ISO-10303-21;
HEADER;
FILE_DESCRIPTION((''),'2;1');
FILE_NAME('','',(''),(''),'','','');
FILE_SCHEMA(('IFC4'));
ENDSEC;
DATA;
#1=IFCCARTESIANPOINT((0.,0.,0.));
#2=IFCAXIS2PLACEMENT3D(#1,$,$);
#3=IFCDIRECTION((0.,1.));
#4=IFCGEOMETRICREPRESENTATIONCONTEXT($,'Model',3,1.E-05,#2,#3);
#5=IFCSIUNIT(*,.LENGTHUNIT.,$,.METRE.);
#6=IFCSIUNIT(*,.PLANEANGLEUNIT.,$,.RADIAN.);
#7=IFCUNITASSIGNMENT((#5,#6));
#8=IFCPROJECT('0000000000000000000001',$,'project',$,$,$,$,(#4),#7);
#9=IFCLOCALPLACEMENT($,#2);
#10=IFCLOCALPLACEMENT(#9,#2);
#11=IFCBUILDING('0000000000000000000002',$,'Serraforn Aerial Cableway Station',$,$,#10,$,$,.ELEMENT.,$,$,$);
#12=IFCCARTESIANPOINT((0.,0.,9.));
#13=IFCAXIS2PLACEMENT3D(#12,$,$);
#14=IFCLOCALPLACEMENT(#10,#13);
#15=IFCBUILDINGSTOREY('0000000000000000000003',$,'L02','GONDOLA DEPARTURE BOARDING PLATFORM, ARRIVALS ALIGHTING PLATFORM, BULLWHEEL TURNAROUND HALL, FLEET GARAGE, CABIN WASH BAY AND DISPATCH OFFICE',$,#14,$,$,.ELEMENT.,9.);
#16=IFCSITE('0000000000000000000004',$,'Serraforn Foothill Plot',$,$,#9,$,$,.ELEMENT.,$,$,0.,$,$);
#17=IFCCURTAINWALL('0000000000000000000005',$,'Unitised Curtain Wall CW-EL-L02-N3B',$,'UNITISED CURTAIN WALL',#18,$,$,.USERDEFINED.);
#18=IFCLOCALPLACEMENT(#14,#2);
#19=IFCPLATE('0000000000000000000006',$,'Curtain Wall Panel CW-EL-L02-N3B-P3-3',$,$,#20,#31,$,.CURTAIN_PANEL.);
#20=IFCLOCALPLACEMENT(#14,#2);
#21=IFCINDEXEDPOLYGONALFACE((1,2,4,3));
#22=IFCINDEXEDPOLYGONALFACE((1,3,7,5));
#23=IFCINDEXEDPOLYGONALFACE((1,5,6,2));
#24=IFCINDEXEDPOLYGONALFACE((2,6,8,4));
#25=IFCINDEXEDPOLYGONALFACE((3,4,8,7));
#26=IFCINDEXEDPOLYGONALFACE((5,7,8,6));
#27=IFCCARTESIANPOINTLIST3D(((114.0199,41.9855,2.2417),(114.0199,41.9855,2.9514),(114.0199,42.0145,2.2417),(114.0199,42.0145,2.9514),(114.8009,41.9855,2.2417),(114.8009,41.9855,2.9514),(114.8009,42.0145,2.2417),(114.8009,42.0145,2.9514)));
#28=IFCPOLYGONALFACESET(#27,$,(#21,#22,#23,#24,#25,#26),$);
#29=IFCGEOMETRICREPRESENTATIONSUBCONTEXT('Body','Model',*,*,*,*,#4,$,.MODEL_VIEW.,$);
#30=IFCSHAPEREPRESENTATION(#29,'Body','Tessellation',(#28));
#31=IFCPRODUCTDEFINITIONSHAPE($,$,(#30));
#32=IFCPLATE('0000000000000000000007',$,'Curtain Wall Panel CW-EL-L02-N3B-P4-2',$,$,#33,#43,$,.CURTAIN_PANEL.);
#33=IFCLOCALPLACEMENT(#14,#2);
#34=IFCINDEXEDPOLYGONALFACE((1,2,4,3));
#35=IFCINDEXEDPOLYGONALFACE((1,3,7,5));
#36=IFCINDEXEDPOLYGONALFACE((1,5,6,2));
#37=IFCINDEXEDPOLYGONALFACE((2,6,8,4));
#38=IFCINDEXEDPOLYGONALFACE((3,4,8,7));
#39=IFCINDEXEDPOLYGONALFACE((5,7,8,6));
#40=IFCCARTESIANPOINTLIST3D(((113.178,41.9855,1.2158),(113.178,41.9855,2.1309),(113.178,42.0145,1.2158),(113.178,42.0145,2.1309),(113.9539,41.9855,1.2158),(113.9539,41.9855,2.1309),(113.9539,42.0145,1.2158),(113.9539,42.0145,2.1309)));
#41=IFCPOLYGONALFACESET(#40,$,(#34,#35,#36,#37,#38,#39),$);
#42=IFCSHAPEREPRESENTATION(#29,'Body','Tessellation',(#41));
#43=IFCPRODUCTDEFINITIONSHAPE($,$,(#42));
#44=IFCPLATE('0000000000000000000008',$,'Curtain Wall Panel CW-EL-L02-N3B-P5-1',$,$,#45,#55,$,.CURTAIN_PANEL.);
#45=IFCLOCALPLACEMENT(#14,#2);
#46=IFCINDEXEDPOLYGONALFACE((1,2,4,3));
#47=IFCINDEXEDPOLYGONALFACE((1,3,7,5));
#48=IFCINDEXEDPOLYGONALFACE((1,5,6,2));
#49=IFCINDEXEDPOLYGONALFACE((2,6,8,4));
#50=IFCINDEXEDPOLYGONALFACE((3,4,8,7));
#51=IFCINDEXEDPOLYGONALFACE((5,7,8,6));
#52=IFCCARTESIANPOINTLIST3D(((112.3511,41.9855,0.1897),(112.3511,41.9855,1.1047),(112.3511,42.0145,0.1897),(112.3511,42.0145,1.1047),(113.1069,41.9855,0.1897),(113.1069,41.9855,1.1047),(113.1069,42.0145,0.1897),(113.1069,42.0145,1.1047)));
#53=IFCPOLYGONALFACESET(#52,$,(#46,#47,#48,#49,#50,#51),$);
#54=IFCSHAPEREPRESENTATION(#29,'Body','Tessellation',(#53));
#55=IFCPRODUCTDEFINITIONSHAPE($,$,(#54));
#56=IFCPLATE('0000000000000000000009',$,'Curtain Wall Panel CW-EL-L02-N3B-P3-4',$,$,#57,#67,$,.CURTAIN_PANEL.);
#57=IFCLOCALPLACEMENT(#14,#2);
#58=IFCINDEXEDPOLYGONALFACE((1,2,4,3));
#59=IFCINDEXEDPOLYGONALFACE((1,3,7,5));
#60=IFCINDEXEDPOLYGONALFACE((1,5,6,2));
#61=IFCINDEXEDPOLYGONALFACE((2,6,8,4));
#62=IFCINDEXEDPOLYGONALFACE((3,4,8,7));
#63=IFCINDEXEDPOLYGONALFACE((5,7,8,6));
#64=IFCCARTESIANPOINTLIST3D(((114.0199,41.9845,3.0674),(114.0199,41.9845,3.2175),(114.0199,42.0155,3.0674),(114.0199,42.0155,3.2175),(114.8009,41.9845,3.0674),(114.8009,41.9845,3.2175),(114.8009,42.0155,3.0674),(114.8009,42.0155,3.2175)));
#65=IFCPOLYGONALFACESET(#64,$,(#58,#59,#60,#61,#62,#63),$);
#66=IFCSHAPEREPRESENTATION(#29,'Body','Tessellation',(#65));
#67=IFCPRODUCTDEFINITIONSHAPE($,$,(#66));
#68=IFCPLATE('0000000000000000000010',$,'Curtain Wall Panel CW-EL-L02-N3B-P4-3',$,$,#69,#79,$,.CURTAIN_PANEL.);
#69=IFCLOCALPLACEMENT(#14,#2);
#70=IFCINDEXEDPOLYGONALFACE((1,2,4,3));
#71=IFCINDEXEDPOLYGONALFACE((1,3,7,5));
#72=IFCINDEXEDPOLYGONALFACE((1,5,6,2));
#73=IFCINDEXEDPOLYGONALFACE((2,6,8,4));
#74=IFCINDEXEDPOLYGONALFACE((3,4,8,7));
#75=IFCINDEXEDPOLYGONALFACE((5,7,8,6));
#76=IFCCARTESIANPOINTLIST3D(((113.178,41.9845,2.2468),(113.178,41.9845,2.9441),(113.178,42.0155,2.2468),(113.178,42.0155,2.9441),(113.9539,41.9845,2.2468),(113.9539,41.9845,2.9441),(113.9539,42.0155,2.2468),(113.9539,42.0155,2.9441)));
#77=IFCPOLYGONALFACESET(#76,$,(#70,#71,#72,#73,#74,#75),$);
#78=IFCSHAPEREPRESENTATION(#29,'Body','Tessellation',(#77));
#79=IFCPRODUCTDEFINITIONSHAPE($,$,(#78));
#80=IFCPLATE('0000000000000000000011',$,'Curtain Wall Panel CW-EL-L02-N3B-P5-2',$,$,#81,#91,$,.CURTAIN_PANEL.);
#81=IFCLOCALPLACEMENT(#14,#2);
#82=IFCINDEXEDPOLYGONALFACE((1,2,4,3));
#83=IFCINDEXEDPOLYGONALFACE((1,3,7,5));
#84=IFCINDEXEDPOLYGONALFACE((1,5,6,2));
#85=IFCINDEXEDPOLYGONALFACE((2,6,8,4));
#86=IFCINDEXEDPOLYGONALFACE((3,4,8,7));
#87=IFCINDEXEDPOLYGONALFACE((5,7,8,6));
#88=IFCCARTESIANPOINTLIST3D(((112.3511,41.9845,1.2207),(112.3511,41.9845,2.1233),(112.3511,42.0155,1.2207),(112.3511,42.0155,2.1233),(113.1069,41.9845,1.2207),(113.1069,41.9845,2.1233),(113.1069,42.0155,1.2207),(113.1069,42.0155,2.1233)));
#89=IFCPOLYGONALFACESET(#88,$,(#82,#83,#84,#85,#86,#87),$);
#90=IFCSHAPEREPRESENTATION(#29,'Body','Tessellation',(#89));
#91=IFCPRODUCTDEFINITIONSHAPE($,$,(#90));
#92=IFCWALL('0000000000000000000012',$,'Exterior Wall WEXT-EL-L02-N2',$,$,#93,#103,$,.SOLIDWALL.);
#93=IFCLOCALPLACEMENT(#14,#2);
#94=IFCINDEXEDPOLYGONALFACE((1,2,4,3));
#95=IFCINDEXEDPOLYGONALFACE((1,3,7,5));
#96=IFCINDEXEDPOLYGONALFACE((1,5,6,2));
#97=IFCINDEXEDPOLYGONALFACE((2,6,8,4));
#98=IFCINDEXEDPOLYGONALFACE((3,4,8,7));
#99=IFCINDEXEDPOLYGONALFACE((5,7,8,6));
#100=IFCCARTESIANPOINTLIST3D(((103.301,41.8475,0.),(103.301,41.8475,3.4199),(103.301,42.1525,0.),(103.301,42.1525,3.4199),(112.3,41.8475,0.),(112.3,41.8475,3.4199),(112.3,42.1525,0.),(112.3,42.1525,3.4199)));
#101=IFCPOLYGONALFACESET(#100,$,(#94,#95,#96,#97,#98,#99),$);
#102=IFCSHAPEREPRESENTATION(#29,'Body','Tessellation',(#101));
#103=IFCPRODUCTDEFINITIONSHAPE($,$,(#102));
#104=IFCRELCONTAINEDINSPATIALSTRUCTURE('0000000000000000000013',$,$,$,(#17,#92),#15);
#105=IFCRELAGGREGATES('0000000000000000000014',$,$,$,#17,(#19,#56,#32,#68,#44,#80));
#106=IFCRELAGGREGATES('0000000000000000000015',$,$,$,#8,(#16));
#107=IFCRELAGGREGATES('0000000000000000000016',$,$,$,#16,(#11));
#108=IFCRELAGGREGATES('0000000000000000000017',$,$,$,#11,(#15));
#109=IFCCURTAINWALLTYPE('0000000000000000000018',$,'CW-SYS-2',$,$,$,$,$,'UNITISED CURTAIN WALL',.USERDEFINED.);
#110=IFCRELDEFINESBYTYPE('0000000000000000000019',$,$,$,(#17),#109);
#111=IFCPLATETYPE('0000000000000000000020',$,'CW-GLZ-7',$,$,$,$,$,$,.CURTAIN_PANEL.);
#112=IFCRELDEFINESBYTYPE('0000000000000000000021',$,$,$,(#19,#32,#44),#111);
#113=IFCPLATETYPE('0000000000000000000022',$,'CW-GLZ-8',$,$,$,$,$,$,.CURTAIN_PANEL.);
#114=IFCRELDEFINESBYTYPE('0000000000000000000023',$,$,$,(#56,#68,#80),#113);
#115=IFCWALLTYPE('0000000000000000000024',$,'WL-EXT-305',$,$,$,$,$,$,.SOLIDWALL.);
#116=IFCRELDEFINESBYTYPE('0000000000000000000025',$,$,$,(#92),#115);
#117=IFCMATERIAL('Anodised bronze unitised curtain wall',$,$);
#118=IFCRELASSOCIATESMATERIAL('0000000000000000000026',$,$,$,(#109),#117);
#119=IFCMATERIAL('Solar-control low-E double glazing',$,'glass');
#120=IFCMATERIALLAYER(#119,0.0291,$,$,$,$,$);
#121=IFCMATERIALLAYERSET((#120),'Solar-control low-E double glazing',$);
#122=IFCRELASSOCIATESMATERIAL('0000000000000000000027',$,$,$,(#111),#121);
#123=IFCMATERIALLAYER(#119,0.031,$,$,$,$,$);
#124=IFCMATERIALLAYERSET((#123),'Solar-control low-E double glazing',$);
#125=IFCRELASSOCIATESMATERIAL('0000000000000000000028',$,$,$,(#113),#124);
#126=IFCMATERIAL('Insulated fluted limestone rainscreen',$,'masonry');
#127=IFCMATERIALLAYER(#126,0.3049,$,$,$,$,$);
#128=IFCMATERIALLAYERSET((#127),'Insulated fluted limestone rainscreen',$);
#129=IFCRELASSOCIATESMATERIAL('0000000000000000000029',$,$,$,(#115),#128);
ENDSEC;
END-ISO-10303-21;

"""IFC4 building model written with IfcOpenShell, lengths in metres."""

from ifc_helpers import new_model, si_unit, direction, frame, frame_2d, origin, origin_2d, place, context, subcontext, project, spatial, rectangle, extrude, material, layer, layer_set, type_object, element, aggregate, save


model = new_model("IFC4")

# Units and contexts
model_context = context("Model", 3, precision=1e-05, world=origin(), true_north=direction((0.0, 1.0)))
body_context = subcontext(model_context, "Body", "Model", "MODEL_VIEW")
ifc_project = project(units=[si_unit("LENGTHUNIT", "METRE"), si_unit("PLANEANGLEUNIT", "RADIAN")], contexts=[model_context])

# Site, building, storey
site_placement = place(None, origin())
site = spatial("IfcSite", under=ifc_project, at=site_placement, Name="Serraforn Foothill Plot", CompositionType="ELEMENT", RefElevation=0.0)
building_placement = place(site_placement, origin())
building = spatial("IfcBuilding", under=site, at=building_placement, Name="Serraforn Aerial Cableway Station", CompositionType="ELEMENT")
storey_placement = place(building_placement, frame((0.0, 0.0, 9.0)))
storey = spatial("IfcBuildingStorey", under=building, at=storey_placement, Name="L02", Description="GONDOLA DEPARTURE BOARDING PLATFORM, ARRIVALS ALIGHTING PLATFORM, BULLWHEEL TURNAROUND HALL, FLEET GARAGE, CABIN WASH BAY AND DISPATCH OFFICE", CompositionType="ELEMENT", Elevation=9.0)

# Curtain wall, plates
ifc_material_1 = material(Name="Anodised bronze unitised curtain wall")
curtain_wall_type = type_object("IfcCurtainWallType", Name="CW-SYS-2", ElementType="UNITISED CURTAIN WALL", PredefinedType="USERDEFINED", material=ifc_material_1)
curtain_wall_placement = place(storey_placement, origin())
curtain_wall = element("IfcCurtainWall", 1, at=curtain_wall_placement, inside=storey, type_object=curtain_wall_type, Name="Unitised Curtain Wall CW-EL-L02-N3B", ObjectType="UNITISED CURTAIN WALL", PredefinedType="USERDEFINED")
ifc_material_2 = material(Name="Solar-control low-E double glazing", Category="glass")
ifc_layer_1 = layer(ifc_material_2, 0.0291)
ifc_layer_set_1 = layer_set([ifc_layer_1], Name="Solar-control low-E double glazing")
plate_type_1 = type_object("IfcPlateType", Name="CW-GLZ-7", PredefinedType="CURTAIN_PANEL", material=ifc_layer_set_1)
plate_1_placement = place(storey_placement, frame((114.4104, 42.0, 2.2417), z_axis=(0.0, 0.0, 1.0), x_axis=(1.0, 0.0, 0.0)))
plate_1 = element("IfcPlate", 2, at=plate_1_placement, type_object=plate_type_1, Name="Curtain Wall Panel CW-EL-L02-N3B-P3-3", PredefinedType="CURTAIN_PANEL", context=body_context, shape_type="SweptSolid", body=[
    extrude(rectangle(XDim=0.781, YDim=0.0291, at=origin_2d()), origin(), (0.0, 0.0, 1.0), 0.7097),
])
plate_2_placement = place(storey_placement, frame((113.5659, 42.0, 1.2158), z_axis=(0.0, 0.0, 1.0), x_axis=(1.0, 0.0, 0.0)))
plate_2 = element("IfcPlate", 3, at=plate_2_placement, type_object=plate_type_1, Name="Curtain Wall Panel CW-EL-L02-N3B-P4-2", PredefinedType="CURTAIN_PANEL", context=body_context, shape_type="SweptSolid", body=[
    extrude(rectangle(XDim=0.7759, YDim=0.0291, at=origin_2d()), origin(), (0.0, 0.0, 1.0), 0.915),
])
plate_3_placement = place(storey_placement, frame((112.729, 42.0, 0.1897), z_axis=(0.0, 0.0, 1.0), x_axis=(1.0, 0.0, 0.0)))
plate_3 = element("IfcPlate", 4, at=plate_3_placement, type_object=plate_type_1, Name="Curtain Wall Panel CW-EL-L02-N3B-P5-1", PredefinedType="CURTAIN_PANEL", context=body_context, shape_type="SweptSolid", body=[
    extrude(rectangle(XDim=0.7559, YDim=0.0291, at=origin_2d()), origin(), (0.0, 0.0, 1.0), 0.915),
])
ifc_layer_2 = layer(ifc_material_2, 0.031)
ifc_layer_set_2 = layer_set([ifc_layer_2], Name="Solar-control low-E double glazing")
plate_type_2 = type_object("IfcPlateType", Name="CW-GLZ-8", PredefinedType="CURTAIN_PANEL", material=ifc_layer_set_2)
plate_4_placement = place(storey_placement, frame((114.4104, 42.0, 3.0674), z_axis=(0.0, 0.0, 1.0), x_axis=(1.0, 0.0, 0.0)))
plate_4 = element("IfcPlate", 5, at=plate_4_placement, type_object=plate_type_2, Name="Curtain Wall Panel CW-EL-L02-N3B-P3-4", PredefinedType="CURTAIN_PANEL", context=body_context, shape_type="SweptSolid", body=[
    extrude(rectangle(XDim=0.781, YDim=0.031, at=origin_2d()), origin(), (0.0, 0.0, 1.0), 0.1501),
])
plate_5_placement = place(storey_placement, frame((113.5659, 42.0, 2.2468), z_axis=(0.0, 0.0, 1.0), x_axis=(1.0, 0.0, 0.0)))
plate_5 = element("IfcPlate", 6, at=plate_5_placement, type_object=plate_type_2, Name="Curtain Wall Panel CW-EL-L02-N3B-P4-3", PredefinedType="CURTAIN_PANEL", context=body_context, shape_type="SweptSolid", body=[
    extrude(rectangle(XDim=0.7759, YDim=0.031, at=origin_2d()), origin(), (0.0, 0.0, 1.0), 0.6973),
])
plate_6_placement = place(storey_placement, frame((112.729, 42.0, 1.2207), z_axis=(0.0, 0.0, 1.0), x_axis=(1.0, 0.0, 0.0)))
plate_6 = element("IfcPlate", 7, at=plate_6_placement, type_object=plate_type_2, Name="Curtain Wall Panel CW-EL-L02-N3B-P5-2", PredefinedType="CURTAIN_PANEL", context=body_context, shape_type="SweptSolid", body=[
    extrude(rectangle(XDim=0.7559, YDim=0.031, at=origin_2d()), origin(), (0.0, 0.0, 1.0), 0.9026),
])
aggregate(curtain_wall, [plate_1, plate_4, plate_2, plate_5, plate_3, plate_6])

# Wall
ifc_material_3 = material(Name="Insulated fluted limestone rainscreen", Category="masonry")
ifc_layer_3 = layer(ifc_material_3, 0.3049)
ifc_layer_set_3 = layer_set([ifc_layer_3], Name="Insulated fluted limestone rainscreen")
wall_type = type_object("IfcWallType", Name="WL-EXT-305", PredefinedType="SOLIDWALL", material=ifc_layer_set_3)
wall_placement = place(storey_placement, frame((112.3, 42.0, 0.0), z_axis=(0.0, 0.0, 1.0), x_axis=(-1.0, 0.0, 0.0)))
element("IfcWall", 8, at=wall_placement, inside=storey, type_object=wall_type, Name="Exterior Wall WEXT-EL-L02-N2", PredefinedType="SOLIDWALL", context=body_context, shape_type="SweptSolid", body=[
    extrude(rectangle(XDim=8.999, YDim=0.3049, at=frame_2d((4.4995, 0.0))), origin(), (0.0, 0.0, 1.0), 3.4199),
])

save(model, "model.ifc")
